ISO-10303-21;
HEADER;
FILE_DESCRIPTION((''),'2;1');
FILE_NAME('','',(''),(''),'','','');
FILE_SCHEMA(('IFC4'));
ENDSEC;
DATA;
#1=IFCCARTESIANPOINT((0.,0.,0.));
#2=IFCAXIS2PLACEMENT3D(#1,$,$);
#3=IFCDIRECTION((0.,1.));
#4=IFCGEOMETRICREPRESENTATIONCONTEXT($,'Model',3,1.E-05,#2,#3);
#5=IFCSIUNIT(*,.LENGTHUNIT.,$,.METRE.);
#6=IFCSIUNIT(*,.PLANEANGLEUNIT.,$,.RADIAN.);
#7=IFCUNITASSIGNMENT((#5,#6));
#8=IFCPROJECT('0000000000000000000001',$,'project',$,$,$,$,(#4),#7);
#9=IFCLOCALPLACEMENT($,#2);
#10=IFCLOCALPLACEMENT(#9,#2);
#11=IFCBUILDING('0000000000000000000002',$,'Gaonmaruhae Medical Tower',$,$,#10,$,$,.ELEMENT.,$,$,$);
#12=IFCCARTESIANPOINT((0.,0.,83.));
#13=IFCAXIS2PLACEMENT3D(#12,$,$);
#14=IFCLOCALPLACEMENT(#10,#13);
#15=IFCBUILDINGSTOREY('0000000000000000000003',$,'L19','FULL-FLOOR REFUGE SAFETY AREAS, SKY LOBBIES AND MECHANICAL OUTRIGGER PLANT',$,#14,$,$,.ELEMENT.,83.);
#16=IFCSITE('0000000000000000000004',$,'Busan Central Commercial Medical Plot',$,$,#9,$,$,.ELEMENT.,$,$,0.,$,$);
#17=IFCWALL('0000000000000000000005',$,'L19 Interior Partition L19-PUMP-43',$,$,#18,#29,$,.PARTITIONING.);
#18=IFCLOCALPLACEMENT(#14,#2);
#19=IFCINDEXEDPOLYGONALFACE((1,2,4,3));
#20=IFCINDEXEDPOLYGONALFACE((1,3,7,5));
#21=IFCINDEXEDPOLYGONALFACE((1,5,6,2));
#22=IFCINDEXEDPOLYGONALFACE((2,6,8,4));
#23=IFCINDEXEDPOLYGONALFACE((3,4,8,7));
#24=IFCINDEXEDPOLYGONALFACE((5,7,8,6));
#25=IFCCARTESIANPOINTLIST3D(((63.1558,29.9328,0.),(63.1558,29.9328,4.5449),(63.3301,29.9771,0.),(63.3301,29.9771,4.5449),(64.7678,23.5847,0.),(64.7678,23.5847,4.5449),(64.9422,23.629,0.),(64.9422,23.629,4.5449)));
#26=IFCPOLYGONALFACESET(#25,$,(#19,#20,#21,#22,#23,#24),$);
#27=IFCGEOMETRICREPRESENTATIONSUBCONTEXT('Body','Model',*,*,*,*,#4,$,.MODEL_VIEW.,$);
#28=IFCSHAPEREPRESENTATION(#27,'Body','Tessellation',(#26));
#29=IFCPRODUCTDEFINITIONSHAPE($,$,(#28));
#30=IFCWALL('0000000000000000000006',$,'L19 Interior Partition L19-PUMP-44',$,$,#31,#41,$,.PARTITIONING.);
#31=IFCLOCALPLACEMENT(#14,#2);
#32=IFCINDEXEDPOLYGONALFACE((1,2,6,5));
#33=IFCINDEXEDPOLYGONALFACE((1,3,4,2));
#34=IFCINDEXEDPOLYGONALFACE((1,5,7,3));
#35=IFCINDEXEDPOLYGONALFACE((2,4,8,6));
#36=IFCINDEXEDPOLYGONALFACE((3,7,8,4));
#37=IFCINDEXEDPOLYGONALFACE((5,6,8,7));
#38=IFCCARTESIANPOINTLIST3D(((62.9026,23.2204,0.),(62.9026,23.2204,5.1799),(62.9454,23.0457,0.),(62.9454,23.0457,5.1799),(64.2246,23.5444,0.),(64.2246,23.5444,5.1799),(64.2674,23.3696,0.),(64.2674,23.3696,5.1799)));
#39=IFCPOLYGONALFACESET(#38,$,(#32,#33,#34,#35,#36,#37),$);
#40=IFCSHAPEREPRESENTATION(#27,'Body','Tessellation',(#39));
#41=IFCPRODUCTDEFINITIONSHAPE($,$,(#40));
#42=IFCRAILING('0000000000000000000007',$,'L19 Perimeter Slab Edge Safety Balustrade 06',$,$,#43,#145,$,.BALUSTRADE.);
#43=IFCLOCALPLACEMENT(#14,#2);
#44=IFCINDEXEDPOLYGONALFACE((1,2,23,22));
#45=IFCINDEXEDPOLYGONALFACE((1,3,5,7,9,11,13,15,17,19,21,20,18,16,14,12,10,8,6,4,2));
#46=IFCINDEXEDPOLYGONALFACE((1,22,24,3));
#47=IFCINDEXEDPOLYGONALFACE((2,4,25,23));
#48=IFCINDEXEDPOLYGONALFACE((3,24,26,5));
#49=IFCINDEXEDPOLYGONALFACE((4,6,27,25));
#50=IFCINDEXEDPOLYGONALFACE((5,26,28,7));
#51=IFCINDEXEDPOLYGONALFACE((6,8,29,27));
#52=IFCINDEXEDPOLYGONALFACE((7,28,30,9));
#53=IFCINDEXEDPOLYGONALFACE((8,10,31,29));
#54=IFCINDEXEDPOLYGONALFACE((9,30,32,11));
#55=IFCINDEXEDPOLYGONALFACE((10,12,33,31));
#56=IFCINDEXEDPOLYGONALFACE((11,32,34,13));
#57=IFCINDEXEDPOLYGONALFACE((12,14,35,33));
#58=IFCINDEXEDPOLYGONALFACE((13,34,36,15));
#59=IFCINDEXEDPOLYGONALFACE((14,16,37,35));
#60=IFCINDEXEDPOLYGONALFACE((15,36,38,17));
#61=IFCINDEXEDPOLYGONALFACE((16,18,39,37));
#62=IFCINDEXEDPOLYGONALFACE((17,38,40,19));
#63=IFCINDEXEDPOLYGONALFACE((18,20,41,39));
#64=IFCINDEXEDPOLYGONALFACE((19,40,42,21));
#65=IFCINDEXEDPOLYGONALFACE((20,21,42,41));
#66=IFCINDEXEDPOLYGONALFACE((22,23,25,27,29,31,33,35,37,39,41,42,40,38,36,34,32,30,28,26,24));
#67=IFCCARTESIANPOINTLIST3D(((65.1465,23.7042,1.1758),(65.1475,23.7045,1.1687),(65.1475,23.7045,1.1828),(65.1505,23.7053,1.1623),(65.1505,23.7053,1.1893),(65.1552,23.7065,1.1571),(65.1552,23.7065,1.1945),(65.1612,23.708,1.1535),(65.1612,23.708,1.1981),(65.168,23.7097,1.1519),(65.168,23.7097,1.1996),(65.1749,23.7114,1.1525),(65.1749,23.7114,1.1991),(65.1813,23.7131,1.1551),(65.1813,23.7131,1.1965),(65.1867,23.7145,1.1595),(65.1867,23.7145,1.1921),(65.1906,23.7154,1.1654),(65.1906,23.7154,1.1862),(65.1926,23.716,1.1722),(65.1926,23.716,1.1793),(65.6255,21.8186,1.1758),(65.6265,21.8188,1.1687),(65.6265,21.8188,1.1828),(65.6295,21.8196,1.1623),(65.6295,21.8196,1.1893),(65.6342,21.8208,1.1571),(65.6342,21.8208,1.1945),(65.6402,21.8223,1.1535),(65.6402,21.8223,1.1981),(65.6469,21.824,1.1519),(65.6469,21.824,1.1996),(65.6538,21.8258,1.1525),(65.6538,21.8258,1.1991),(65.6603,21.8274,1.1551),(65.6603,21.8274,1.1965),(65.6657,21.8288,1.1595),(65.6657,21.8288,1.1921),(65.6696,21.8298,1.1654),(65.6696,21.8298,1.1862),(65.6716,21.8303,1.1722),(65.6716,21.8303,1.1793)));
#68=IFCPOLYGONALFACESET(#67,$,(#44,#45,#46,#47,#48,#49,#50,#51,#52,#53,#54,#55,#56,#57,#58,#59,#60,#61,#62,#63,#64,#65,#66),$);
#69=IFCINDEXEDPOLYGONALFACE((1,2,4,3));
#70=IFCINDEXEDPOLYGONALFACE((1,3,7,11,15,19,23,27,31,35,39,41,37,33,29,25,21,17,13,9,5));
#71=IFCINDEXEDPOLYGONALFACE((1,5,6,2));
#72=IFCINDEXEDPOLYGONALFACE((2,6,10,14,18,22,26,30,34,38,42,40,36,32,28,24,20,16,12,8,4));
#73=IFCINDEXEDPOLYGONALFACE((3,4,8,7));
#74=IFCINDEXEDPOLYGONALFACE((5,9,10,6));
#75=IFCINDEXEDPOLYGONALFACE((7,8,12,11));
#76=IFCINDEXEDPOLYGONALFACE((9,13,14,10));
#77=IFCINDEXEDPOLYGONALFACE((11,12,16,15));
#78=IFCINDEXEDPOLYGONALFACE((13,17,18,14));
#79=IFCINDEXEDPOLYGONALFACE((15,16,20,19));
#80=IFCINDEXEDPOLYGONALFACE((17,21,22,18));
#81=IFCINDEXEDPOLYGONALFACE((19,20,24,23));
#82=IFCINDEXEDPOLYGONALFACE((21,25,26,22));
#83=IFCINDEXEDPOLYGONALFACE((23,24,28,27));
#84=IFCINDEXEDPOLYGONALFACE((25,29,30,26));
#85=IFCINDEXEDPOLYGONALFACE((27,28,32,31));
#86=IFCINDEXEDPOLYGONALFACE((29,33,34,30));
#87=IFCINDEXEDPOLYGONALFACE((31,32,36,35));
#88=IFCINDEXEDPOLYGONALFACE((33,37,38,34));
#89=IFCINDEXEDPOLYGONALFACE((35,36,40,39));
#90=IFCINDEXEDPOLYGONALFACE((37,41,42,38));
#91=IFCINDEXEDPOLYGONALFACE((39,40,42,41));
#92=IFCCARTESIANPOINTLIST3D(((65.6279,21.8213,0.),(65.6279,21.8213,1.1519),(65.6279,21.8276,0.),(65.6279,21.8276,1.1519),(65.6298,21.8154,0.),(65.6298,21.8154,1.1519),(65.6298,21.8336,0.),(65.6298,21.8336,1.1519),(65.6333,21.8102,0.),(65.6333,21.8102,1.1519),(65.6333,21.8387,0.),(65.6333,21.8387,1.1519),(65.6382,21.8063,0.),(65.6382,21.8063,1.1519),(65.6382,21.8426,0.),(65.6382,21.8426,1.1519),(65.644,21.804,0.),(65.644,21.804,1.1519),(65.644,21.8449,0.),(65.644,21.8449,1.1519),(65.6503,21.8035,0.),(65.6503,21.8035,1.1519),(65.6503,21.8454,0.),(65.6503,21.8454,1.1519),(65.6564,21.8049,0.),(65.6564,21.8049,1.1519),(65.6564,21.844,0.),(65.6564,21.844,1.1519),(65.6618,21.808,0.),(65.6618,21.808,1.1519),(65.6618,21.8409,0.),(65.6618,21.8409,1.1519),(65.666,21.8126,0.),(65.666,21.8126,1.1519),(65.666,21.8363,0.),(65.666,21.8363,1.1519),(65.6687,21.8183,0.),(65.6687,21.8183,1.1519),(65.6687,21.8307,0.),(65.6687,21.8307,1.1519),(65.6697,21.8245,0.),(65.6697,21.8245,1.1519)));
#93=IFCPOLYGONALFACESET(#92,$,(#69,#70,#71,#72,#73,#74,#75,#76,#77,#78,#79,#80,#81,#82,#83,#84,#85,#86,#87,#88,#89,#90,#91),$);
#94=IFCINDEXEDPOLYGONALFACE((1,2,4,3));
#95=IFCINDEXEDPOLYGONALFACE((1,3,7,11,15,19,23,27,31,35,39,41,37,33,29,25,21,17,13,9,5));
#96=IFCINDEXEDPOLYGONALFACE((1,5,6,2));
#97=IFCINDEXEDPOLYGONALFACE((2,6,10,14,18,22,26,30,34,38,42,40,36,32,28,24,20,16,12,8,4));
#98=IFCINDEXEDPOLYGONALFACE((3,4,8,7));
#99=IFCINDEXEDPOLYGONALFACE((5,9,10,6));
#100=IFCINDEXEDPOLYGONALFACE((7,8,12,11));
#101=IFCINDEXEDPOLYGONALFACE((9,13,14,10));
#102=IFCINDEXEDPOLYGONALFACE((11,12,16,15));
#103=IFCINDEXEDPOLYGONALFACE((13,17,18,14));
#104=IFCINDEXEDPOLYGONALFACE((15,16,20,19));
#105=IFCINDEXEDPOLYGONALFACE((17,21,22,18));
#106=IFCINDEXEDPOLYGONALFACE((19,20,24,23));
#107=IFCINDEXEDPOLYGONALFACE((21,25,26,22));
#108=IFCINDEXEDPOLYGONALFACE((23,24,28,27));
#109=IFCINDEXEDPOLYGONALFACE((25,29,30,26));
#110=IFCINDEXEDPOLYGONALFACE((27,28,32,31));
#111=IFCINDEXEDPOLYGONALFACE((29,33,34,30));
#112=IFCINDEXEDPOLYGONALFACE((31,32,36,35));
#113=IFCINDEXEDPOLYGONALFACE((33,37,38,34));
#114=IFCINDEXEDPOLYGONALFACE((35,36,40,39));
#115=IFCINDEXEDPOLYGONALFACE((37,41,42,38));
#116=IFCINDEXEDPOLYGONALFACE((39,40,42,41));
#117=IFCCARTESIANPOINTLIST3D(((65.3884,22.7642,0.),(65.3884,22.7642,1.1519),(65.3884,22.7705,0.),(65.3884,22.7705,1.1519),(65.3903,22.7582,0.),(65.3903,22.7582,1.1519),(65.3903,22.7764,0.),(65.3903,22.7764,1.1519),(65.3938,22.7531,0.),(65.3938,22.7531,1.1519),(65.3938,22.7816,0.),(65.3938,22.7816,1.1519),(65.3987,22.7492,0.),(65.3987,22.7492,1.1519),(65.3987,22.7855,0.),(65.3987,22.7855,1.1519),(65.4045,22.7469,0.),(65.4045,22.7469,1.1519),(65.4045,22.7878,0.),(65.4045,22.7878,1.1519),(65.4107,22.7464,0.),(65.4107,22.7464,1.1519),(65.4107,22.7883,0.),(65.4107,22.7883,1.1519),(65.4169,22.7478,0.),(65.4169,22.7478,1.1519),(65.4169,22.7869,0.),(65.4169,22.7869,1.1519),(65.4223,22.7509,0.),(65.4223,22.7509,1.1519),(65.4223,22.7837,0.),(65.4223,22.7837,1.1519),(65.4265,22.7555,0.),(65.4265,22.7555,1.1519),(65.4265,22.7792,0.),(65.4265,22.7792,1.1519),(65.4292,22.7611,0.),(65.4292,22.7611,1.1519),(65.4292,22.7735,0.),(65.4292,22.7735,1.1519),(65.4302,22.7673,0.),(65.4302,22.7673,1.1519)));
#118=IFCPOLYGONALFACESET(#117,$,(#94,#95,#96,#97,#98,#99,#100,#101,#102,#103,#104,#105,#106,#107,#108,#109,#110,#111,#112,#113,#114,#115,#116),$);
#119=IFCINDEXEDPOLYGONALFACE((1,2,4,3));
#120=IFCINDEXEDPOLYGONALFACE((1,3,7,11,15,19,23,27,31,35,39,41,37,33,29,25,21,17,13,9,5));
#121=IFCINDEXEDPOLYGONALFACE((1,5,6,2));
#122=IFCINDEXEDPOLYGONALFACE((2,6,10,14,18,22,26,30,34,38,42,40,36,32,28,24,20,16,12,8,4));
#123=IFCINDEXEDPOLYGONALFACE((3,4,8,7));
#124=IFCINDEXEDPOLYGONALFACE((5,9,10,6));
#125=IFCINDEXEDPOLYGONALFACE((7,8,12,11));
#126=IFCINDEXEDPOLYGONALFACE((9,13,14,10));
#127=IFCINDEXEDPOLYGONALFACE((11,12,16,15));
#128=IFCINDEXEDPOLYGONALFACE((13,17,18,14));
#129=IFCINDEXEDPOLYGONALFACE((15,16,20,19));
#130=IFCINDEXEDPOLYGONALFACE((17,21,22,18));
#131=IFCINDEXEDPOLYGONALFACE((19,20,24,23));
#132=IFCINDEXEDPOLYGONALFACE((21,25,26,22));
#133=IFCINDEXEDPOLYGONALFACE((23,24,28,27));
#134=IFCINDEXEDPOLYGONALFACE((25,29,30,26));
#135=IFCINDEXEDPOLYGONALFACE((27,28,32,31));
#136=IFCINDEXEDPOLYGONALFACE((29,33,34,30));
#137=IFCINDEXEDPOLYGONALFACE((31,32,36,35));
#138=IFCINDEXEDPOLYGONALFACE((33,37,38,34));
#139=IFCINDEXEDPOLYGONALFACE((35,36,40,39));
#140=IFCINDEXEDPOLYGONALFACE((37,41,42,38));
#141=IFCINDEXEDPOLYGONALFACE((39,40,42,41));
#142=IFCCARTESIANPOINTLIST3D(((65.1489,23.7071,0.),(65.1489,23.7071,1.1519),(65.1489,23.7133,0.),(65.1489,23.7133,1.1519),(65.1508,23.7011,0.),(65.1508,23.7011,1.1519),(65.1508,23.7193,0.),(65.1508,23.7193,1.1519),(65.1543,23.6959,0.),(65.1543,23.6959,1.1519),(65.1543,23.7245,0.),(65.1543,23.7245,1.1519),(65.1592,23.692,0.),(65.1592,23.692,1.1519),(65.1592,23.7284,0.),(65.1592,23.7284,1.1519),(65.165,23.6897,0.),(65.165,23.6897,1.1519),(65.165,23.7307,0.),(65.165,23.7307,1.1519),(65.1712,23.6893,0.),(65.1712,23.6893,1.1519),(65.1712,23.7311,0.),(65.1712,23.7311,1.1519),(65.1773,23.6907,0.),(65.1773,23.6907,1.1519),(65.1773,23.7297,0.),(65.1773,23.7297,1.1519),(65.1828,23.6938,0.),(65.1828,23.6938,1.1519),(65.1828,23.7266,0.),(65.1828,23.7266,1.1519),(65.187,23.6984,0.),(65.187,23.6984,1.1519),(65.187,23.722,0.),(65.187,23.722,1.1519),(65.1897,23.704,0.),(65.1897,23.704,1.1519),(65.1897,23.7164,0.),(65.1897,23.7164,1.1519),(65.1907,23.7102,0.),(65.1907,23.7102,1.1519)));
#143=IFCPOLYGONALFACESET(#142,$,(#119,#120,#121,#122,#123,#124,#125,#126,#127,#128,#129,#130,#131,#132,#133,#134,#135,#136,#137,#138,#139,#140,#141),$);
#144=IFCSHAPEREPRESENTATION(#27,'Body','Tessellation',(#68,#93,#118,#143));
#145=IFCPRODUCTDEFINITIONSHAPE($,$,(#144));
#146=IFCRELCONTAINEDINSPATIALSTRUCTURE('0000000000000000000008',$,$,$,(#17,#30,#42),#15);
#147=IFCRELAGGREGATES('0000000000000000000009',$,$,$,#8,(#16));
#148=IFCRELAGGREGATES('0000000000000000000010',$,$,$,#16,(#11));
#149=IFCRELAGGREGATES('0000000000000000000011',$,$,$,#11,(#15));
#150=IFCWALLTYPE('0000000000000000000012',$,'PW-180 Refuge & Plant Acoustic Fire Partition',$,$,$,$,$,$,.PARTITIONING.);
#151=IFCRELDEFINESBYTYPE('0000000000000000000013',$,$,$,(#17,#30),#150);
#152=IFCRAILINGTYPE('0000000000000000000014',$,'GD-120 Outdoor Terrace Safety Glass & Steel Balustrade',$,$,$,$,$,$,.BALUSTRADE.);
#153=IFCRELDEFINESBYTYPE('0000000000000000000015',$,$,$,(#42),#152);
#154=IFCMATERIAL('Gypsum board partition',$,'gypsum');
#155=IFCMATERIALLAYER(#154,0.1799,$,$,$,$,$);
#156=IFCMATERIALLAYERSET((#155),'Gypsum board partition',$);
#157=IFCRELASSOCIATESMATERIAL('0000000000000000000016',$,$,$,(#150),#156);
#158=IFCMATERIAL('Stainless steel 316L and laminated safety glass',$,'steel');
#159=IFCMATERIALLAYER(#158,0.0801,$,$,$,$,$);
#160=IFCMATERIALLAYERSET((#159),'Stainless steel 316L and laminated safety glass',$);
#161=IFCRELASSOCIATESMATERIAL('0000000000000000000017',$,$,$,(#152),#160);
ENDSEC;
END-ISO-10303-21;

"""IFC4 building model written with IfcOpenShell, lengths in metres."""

from ifc_helpers import new_model, si_unit, direction, frame, frame_2d, origin, origin_2d, place, context, subcontext, project, spatial, rectangle, circle, extrude, material, layer, layer_set, type_object, element, save


model = new_model("IFC4")

# Units and contexts
model_context = context("Model", 3, precision=1e-05, world=origin(), true_north=direction((0.0, 1.0)))
body_context = subcontext(model_context, "Body", "Model", "MODEL_VIEW")
ifc_project = project(units=[si_unit("LENGTHUNIT", "METRE"), si_unit("PLANEANGLEUNIT", "RADIAN")], contexts=[model_context])

# Site, building, storey
site_placement = place(None, origin())
site = spatial("IfcSite", under=ifc_project, at=site_placement, Name="Busan Central Commercial Medical Plot", CompositionType="ELEMENT", RefElevation=0.0)
building_placement = place(site_placement, origin())
building = spatial("IfcBuilding", under=site, at=building_placement, Name="Gaonmaruhae Medical Tower", CompositionType="ELEMENT")
storey_placement = place(building_placement, frame((0.0, 0.0, 83.0)))
storey = spatial("IfcBuildingStorey", under=building, at=storey_placement, Name="L19", Description="FULL-FLOOR REFUGE SAFETY AREAS, SKY LOBBIES AND MECHANICAL OUTRIGGER PLANT", CompositionType="ELEMENT", Elevation=83.0)

# Shared definitions
ifc_material_1 = material(Name="Gypsum board partition", Category="gypsum")
ifc_layer_1 = layer(ifc_material_1, 0.1799)
ifc_layer_set_1 = layer_set([ifc_layer_1], Name="Gypsum board partition")
wall_type_1 = type_object("IfcWallType", Name="PW-180 Refuge & Plant Acoustic Fire Partition", PredefinedType="PARTITIONING", material=ifc_layer_set_1)

# Walls
wall_1_placement = place(storey_placement, frame((63.2429, 29.9551, 0.0), z_axis=(0.0, 0.0, 1.0), x_axis=(0.24613, -0.969237, 0.0)))
element("IfcWall", 1, at=wall_1_placement, inside=storey, type_object=wall_type_1, Name="L19 Interior Partition L19-PUMP-43", PredefinedType="PARTITIONING", context=body_context, shape_type="SweptSolid", body=[
    extrude(rectangle(XDim=6.5496, YDim=0.1799, at=frame_2d((3.2749, 0.0))), origin(), (0.0, 0.0, 1.0), 4.5449),
])
wall_2_placement = place(storey_placement, frame((64.2461, 23.457, 0.0), z_axis=(0.0, 0.0, 1.0), x_axis=(-0.971261, -0.238017, 0.0)))
element("IfcWall", 2, at=wall_2_placement, inside=storey, type_object=wall_type_1, Name="L19 Interior Partition L19-PUMP-44", PredefinedType="PARTITIONING", context=body_context, shape_type="SweptSolid", body=[
    extrude(rectangle(XDim=1.3611, YDim=0.1799, at=frame_2d((0.6807, 0.0))), origin(), (0.0, 0.0, 1.0), 5.1799),
])

# Railing
ifc_material_2 = material(Name="Stainless steel 316L and laminated safety glass", Category="steel")
ifc_layer_2 = layer(ifc_material_2, 0.0801)
ifc_layer_set_2 = layer_set([ifc_layer_2], Name="Stainless steel 316L and laminated safety glass")
railing_type = type_object("IfcRailingType", Name="GD-120 Outdoor Terrace Safety Glass & Steel Balustrade", PredefinedType="BALUSTRADE", material=ifc_layer_set_2)
railing_1_placement = place(storey_placement, frame((65.6487, 21.8245, 0.0)))
element("IfcRailing", 3, at=railing_1_placement, inside=storey, type_object=railing_type, Name="L19 Perimeter Slab Edge Safety Balustrade 06", PredefinedType="BALUSTRADE", context=body_context, shape_type="SweptSolid", body=[
    extrude(circle(Radius=0.0239, at=origin_2d()), frame((0.0, 0.0, 1.1758), z_axis=(-0.246195, 0.96922, 0.0), x_axis=(-0.96922, -0.246195, 0.0)), (0.0, 0.0, 1.0), 1.9456),
    extrude(circle(Radius=0.021, at=origin_2d()), origin(), (0.0, 0.0, 1.0), 1.1519),
    extrude(circle(Radius=0.021, at=origin_2d()), frame((-0.2395, 0.9429, 0.0)), (0.0, 0.0, 1.0), 1.1519),
    extrude(circle(Radius=0.021, at=origin_2d()), frame((-0.479, 1.8857, 0.0)), (0.0, 0.0, 1.0), 1.1519),
])

save(model, "model.ifc")
